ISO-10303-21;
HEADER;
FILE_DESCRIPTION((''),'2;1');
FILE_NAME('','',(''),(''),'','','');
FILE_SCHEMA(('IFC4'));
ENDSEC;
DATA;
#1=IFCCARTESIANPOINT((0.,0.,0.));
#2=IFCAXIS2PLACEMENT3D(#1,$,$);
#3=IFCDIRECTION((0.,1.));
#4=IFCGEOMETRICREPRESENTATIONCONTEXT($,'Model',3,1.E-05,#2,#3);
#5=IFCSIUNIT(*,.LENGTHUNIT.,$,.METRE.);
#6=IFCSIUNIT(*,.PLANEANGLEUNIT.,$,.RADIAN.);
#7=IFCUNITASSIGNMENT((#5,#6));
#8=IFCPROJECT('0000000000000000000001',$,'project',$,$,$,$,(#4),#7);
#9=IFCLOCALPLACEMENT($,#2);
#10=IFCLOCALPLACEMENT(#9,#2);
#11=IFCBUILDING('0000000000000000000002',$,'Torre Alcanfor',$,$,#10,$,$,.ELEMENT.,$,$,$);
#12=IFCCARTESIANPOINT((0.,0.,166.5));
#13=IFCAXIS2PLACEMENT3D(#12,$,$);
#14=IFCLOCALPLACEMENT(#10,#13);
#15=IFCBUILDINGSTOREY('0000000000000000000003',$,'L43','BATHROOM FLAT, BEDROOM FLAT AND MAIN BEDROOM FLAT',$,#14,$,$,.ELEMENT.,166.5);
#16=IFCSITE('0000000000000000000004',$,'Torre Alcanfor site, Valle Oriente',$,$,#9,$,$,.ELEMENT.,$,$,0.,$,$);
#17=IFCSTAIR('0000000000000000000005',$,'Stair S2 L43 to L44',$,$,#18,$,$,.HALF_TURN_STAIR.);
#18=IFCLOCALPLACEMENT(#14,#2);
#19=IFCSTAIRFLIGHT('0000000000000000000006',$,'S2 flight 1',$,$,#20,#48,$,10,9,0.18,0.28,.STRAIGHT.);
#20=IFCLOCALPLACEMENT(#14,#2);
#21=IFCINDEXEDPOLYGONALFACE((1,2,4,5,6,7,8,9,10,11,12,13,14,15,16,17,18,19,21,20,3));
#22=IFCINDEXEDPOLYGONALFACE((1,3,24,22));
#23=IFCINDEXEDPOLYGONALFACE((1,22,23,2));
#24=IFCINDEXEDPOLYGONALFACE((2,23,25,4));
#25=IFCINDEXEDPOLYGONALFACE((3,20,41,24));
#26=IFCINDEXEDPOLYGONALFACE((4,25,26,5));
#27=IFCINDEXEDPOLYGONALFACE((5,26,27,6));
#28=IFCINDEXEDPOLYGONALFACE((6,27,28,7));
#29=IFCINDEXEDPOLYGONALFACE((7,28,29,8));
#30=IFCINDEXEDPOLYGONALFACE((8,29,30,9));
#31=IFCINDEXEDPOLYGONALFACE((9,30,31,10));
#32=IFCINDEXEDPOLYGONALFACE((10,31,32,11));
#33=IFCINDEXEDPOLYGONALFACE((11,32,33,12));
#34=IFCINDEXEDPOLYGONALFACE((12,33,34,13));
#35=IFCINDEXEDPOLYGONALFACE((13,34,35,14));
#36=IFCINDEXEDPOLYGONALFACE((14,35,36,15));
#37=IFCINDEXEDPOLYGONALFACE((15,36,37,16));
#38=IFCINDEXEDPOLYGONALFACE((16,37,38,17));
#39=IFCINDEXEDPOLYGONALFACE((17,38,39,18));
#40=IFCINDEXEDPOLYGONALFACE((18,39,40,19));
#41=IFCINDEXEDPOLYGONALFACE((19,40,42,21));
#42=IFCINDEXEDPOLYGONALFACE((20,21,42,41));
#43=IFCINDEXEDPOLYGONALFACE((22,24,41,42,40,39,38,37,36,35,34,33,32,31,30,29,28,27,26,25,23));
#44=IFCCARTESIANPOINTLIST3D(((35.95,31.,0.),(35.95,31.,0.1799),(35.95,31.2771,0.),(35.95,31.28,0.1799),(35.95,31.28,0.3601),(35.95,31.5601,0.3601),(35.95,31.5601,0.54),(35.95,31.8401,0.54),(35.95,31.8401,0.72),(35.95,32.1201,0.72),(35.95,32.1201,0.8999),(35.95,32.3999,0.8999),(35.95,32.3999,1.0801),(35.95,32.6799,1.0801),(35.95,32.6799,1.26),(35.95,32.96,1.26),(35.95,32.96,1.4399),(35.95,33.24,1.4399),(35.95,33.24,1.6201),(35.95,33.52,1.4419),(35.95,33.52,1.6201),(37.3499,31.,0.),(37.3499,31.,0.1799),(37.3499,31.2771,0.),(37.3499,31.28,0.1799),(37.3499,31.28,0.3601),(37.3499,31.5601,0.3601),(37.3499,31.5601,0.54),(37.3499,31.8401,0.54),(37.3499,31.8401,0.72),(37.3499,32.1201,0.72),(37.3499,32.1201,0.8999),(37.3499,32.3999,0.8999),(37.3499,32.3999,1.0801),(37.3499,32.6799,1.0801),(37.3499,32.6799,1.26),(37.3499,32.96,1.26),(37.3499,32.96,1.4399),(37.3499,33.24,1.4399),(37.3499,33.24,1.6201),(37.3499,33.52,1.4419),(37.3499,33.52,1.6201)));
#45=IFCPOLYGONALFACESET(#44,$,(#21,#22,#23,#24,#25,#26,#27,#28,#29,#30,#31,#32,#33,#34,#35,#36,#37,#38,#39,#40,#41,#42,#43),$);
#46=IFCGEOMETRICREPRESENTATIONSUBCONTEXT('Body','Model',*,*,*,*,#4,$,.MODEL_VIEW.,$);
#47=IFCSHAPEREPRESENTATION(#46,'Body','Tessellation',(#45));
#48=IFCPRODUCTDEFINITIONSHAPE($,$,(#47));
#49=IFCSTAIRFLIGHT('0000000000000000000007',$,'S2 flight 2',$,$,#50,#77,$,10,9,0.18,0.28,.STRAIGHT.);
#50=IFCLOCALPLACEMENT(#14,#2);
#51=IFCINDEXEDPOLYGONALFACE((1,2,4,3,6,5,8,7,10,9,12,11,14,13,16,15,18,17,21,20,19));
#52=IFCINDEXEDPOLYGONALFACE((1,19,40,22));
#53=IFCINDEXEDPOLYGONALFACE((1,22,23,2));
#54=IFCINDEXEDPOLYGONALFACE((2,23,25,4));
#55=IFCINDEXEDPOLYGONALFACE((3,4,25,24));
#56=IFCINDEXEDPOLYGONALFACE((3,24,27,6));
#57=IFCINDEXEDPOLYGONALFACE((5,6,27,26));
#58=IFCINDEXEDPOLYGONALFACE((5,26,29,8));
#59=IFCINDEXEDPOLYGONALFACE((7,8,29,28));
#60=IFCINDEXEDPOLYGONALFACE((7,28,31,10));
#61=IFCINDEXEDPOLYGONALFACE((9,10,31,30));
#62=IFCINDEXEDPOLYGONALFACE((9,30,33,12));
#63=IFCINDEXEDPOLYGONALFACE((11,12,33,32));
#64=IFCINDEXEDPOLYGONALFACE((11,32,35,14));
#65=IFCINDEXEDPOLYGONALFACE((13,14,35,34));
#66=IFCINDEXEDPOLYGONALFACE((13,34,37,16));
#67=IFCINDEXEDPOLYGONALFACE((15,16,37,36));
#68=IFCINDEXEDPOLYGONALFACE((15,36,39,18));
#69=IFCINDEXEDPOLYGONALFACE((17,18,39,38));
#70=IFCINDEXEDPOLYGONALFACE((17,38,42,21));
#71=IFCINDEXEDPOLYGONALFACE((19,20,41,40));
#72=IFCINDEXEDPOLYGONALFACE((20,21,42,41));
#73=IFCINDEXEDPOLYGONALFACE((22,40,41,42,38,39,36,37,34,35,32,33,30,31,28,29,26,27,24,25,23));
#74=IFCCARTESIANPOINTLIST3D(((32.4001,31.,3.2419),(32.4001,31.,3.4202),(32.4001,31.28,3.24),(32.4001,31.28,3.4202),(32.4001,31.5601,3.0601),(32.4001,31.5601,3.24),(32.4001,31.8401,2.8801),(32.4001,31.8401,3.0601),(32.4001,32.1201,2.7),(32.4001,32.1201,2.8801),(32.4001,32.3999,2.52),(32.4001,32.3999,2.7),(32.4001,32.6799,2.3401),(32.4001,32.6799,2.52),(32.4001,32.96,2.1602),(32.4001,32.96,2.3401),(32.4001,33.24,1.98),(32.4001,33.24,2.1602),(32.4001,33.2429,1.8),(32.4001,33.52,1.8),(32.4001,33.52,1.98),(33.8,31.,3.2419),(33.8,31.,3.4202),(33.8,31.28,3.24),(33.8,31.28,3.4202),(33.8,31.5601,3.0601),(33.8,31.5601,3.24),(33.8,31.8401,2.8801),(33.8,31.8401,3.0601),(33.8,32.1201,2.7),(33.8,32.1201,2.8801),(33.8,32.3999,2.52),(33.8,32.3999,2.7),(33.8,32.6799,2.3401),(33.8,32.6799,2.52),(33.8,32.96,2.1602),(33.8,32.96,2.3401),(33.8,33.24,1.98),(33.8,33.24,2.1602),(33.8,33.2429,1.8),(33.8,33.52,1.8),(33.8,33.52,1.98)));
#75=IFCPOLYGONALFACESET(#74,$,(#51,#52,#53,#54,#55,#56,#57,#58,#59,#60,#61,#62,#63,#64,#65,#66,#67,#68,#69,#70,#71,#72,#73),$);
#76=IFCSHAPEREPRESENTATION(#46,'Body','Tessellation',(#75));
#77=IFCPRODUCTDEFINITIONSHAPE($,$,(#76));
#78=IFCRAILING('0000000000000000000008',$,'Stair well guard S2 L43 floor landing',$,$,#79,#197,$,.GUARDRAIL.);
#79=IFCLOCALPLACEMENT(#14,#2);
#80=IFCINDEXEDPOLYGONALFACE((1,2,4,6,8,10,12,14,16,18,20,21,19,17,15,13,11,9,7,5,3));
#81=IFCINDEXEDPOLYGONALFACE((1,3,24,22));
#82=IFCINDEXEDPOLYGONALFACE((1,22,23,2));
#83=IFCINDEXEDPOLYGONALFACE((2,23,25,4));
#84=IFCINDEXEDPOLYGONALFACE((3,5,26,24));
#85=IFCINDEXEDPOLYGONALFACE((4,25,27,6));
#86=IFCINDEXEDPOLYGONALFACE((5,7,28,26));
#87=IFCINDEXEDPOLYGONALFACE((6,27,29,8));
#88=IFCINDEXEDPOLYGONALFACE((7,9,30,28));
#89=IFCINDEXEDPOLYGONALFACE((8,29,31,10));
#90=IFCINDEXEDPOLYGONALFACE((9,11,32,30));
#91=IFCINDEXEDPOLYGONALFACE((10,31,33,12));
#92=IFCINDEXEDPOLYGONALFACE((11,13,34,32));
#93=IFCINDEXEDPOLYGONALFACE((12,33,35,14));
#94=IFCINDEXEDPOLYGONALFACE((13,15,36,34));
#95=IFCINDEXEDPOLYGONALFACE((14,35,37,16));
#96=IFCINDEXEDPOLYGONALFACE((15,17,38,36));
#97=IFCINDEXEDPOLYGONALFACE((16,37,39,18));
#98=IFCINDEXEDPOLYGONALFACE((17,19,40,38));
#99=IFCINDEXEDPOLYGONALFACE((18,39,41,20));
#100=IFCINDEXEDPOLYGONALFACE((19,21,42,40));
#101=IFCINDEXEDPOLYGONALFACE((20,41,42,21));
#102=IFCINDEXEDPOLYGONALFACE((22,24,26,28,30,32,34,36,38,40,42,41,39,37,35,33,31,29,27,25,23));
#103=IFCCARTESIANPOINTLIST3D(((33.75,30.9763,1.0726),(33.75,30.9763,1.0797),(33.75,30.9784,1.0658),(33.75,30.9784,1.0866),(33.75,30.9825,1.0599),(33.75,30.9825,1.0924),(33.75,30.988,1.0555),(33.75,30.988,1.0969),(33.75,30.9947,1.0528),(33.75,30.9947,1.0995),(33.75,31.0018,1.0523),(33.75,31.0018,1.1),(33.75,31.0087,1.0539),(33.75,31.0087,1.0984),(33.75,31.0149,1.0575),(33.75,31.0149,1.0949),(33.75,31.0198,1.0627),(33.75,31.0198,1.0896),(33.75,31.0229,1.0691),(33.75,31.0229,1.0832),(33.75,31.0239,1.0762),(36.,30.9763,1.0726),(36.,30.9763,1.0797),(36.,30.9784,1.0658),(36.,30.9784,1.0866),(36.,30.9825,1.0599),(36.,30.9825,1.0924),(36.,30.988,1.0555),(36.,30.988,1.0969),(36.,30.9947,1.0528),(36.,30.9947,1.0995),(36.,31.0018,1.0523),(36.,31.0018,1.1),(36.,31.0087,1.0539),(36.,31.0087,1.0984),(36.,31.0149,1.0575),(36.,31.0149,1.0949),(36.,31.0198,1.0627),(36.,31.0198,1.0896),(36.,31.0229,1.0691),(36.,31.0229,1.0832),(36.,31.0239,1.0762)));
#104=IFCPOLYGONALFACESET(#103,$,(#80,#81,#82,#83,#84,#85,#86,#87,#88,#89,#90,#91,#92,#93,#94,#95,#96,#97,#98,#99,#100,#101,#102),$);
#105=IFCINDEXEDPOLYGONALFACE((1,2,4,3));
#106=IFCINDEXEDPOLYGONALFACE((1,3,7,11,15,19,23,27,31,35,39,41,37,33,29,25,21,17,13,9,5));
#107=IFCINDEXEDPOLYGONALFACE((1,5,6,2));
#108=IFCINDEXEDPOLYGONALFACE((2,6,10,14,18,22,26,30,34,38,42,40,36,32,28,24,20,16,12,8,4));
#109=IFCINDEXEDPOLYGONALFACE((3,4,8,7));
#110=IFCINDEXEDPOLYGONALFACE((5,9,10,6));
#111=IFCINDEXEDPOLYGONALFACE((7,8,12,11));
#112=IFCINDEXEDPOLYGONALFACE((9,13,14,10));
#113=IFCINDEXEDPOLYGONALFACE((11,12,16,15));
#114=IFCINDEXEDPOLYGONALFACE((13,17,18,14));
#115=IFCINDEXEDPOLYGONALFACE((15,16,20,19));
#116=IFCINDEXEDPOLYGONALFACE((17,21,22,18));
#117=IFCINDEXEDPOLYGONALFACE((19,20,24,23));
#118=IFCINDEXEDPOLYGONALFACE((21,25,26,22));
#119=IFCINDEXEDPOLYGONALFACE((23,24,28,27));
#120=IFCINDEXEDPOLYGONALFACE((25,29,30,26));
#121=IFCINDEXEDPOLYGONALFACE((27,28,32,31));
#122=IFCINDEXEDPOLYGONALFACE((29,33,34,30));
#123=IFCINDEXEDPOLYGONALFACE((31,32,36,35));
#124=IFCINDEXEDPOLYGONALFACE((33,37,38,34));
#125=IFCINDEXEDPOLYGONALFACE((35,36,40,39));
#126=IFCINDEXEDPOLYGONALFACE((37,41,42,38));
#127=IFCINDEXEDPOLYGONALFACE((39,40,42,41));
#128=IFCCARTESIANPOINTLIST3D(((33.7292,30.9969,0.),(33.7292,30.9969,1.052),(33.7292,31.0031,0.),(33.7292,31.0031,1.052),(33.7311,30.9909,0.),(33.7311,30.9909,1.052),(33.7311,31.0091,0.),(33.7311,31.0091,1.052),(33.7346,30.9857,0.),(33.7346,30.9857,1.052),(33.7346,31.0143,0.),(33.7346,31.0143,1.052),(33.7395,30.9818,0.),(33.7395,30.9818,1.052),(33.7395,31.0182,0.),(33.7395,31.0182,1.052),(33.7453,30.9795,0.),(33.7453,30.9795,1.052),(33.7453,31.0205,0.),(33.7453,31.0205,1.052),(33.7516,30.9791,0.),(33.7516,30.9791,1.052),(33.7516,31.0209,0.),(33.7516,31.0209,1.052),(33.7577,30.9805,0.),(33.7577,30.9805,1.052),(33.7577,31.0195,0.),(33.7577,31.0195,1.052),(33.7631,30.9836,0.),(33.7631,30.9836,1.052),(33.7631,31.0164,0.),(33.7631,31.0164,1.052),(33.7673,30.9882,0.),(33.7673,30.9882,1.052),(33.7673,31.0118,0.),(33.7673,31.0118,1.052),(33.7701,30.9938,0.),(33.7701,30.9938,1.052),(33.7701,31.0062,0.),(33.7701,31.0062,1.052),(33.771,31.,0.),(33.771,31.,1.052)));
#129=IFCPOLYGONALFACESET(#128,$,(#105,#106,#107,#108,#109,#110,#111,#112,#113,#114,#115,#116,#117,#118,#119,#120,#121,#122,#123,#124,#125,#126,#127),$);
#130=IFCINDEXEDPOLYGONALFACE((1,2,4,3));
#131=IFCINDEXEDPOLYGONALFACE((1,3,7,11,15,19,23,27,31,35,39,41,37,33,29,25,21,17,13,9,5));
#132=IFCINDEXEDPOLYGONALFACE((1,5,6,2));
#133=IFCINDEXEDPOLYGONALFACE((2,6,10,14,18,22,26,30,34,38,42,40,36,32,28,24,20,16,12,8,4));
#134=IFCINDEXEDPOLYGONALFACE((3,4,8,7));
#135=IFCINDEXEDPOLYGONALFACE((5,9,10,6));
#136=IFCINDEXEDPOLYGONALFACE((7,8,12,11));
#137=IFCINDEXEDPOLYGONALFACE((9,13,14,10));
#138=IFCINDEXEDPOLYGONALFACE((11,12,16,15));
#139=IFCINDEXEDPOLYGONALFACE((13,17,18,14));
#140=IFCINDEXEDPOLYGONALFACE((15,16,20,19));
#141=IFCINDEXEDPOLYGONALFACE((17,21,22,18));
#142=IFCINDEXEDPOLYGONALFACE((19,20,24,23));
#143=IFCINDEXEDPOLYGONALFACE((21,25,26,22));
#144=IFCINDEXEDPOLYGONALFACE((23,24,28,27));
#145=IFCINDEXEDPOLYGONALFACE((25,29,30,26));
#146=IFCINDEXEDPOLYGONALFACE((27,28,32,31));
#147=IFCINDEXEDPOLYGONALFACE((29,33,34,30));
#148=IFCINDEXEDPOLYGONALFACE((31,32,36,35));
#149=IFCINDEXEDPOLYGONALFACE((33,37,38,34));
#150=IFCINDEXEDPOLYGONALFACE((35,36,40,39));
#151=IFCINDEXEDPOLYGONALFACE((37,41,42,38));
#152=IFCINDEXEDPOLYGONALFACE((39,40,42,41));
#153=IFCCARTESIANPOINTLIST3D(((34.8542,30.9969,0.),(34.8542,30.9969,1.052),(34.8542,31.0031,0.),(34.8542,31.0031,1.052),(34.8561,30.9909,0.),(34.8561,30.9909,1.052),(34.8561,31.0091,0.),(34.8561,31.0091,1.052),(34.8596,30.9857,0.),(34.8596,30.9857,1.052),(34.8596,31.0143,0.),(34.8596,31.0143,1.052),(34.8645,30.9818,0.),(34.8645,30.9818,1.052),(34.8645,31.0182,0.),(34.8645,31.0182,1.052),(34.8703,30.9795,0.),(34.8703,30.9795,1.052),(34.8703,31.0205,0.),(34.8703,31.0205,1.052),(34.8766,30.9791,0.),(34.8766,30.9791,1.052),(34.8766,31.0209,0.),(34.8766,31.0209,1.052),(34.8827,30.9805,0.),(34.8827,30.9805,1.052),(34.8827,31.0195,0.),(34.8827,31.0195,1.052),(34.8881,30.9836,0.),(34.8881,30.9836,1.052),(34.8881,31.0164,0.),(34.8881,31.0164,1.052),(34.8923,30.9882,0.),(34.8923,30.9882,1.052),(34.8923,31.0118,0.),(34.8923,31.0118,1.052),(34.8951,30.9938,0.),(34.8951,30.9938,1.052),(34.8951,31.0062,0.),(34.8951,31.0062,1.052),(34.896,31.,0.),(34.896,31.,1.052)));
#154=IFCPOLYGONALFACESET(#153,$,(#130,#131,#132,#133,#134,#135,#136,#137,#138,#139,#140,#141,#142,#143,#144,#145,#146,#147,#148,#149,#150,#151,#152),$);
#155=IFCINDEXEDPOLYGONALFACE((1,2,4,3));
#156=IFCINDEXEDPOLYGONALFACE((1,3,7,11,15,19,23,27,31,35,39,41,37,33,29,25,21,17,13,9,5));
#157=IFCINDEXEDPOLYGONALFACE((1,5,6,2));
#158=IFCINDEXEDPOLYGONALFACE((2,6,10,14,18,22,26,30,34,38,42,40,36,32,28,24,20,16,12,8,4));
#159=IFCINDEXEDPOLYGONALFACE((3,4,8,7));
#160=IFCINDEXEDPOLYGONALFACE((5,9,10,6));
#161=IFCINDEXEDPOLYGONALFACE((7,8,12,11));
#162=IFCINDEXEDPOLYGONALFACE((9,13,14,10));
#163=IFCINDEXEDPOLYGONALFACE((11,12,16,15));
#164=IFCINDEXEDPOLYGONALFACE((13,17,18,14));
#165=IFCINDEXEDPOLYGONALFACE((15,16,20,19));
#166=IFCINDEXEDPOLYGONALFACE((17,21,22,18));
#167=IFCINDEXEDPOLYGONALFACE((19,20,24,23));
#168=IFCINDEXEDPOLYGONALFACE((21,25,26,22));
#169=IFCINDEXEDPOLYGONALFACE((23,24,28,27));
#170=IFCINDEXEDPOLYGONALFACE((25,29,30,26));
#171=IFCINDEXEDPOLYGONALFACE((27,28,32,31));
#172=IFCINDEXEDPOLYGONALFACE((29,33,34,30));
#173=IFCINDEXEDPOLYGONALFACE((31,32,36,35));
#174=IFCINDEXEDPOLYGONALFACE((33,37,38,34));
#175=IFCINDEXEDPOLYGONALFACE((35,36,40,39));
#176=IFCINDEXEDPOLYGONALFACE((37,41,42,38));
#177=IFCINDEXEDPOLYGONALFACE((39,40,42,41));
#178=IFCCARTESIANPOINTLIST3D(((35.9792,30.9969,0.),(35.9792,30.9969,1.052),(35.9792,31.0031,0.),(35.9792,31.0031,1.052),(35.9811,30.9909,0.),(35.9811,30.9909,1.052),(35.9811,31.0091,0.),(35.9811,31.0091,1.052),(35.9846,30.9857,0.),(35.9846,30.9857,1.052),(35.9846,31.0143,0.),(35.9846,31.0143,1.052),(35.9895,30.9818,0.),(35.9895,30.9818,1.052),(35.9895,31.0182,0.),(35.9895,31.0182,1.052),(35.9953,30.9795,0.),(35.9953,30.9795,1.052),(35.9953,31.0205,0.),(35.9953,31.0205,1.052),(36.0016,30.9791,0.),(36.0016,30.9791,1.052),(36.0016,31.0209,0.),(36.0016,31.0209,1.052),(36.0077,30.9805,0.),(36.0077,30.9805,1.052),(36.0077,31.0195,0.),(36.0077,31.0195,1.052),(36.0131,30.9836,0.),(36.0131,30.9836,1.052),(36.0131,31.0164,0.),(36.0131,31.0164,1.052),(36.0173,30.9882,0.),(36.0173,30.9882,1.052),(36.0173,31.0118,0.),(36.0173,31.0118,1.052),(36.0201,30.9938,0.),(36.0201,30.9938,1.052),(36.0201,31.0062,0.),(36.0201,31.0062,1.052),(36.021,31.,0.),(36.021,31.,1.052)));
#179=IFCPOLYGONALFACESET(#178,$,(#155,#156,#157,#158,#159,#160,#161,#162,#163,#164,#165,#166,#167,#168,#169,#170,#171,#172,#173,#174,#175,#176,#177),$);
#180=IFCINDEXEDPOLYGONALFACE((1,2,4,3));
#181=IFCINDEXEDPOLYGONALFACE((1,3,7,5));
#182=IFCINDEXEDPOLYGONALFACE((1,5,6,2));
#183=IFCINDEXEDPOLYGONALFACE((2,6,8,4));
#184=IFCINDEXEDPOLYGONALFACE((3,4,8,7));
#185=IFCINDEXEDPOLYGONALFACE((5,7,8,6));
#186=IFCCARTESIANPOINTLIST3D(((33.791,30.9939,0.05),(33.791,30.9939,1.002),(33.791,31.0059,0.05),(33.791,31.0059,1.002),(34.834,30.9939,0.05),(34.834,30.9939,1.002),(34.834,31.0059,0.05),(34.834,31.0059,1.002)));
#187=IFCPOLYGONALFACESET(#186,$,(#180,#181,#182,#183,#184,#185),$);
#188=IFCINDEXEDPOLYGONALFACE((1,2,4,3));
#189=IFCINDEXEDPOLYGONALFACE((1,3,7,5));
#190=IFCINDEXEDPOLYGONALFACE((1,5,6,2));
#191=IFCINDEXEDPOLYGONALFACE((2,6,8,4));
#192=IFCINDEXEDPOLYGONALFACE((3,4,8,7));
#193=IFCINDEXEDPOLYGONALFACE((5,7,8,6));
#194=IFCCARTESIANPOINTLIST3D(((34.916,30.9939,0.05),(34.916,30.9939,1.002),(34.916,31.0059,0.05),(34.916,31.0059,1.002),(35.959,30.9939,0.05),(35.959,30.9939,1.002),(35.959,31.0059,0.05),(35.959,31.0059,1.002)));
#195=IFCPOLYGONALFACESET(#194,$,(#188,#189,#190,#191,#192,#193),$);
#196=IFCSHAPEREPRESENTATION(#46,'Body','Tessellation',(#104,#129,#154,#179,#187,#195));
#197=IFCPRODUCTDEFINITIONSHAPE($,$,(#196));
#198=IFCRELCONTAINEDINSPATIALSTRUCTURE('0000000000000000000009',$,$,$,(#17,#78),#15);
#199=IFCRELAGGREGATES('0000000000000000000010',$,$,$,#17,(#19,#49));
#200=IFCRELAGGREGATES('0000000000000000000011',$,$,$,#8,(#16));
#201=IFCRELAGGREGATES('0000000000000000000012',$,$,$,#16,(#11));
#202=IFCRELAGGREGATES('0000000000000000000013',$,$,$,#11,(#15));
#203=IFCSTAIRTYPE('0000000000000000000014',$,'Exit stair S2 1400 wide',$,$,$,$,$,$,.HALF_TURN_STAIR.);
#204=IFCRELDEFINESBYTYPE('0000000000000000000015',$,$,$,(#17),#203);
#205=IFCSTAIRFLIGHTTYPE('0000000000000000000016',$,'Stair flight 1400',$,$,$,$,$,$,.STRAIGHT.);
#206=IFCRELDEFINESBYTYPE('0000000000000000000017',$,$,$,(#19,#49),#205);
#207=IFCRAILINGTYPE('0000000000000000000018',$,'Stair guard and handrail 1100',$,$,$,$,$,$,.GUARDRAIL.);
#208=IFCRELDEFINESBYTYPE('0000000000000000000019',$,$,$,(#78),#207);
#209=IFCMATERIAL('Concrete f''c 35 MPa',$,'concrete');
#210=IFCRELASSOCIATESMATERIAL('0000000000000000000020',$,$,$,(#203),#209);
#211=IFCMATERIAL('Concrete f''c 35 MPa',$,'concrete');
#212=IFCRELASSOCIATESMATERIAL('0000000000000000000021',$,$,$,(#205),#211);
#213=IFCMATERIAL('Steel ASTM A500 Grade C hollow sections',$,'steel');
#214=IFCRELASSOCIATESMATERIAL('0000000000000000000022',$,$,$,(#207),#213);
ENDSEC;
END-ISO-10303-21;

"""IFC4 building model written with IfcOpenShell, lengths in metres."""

from ifc_helpers import new_model, si_unit, direction, frame, origin, origin_2d, place, context, subcontext, project, spatial, polyline, circle, outline, extrude, material, type_object, element, aggregate, save


model = new_model("IFC4")

# Units and contexts
model_context = context("Model", 3, precision=1e-05, world=origin(), true_north=direction((0.0, 1.0)))
body_context = subcontext(model_context, "Body", "Model", "MODEL_VIEW")
ifc_project = project(units=[si_unit("LENGTHUNIT", "METRE"), si_unit("PLANEANGLEUNIT", "RADIAN")], contexts=[model_context])

# Site, building, storey
site_placement = place(None, origin())
site = spatial("IfcSite", under=ifc_project, at=site_placement, Name="Torre Alcanfor site, Valle Oriente", CompositionType="ELEMENT", RefElevation=0.0)
building_placement = place(site_placement, origin())
building = spatial("IfcBuilding", under=site, at=building_placement, Name="Torre Alcanfor", CompositionType="ELEMENT")
storey_placement = place(building_placement, frame((0.0, 0.0, 166.5)))
storey = spatial("IfcBuildingStorey", under=building, at=storey_placement, Name="L43", Description="BATHROOM FLAT, BEDROOM FLAT AND MAIN BEDROOM FLAT", CompositionType="ELEMENT", Elevation=166.5)

# Stair, stair flights
ifc_material_1 = material(Name="Concrete f'c 35 MPa", Category="concrete")
stair_type = type_object("IfcStairType", Name="Exit stair S2 1400 wide", PredefinedType="HALF_TURN_STAIR", material=ifc_material_1)
stair_placement = place(storey_placement, origin())
stair = element("IfcStair", 1, at=stair_placement, inside=storey, type_object=stair_type, Name="Stair S2 L43 to L44", PredefinedType="HALF_TURN_STAIR")
ifc_material_2 = material(Name="Concrete f'c 35 MPa", Category="concrete")
stair_flight_type = type_object("IfcStairFlightType", Name="Stair flight 1400", PredefinedType="STRAIGHT", material=ifc_material_2)
stair_flight_1_placement = place(storey_placement, frame((36.6499, 31.0, 0.0), z_axis=(0.0, 0.0, 1.0), x_axis=(0.0, 1.0, 0.0)))
stair_flight_1 = element("IfcStairFlight", 2, at=stair_flight_1_placement, type_object=stair_flight_type, Name="S2 flight 1", NumberOfRisers=10, NumberOfTreads=9, PredefinedType="STRAIGHT", RiserHeight=0.18, TreadLength=0.28, context=body_context, shape_type="SweptSolid", body=[
    extrude(outline(polyline([(0.0, 0.0), (0.0, 0.1799), (0.28, 0.1799), (0.28, 0.3601), (0.5601, 0.3601), (0.5601, 0.54), (0.8401, 0.54), (0.8401, 0.72), (1.1201, 0.72), (1.1201, 0.8999), (1.3999, 0.8999), (1.3999, 1.0801), (1.6799, 1.0801), (1.6799, 1.26), (1.96, 1.26), (1.96, 1.4399), (2.24, 1.4399), (2.24, 1.6201), (2.52, 1.6201), (2.52, 1.8), (2.52, 1.4419), (0.2771, 0.0), (0.0, 0.0)])), frame((0.0, 0.7, 0.0), z_axis=(0.0, -1.0, 0.0), x_axis=(1.0, 0.0, 0.0)), (0.0, 0.0, 1.0), 1.3999),
])
stair_flight_2_placement = place(storey_placement, frame((33.1001, 33.52, 1.8), z_axis=(0.0, 0.0, 1.0), x_axis=(0.0, -1.0, 0.0)))
stair_flight_2 = element("IfcStairFlight", 3, at=stair_flight_2_placement, type_object=stair_flight_type, Name="S2 flight 2", NumberOfRisers=10, NumberOfTreads=9, PredefinedType="STRAIGHT", RiserHeight=0.18, TreadLength=0.28, context=body_context, shape_type="SweptSolid", body=[
    extrude(outline(polyline([(0.0, 0.0), (0.0, 0.1799), (0.28, 0.1799), (0.28, 0.3601), (0.5601, 0.3601), (0.5601, 0.54), (0.8401, 0.54), (0.8401, 0.72), (1.1201, 0.72), (1.1201, 0.8999), (1.3999, 0.8999), (1.3999, 1.0801), (1.6799, 1.0801), (1.6799, 1.26), (1.96, 1.26), (1.96, 1.4399), (2.24, 1.4399), (2.24, 1.6201), (2.52, 1.6201), (2.52, 1.8), (2.52, 1.4419), (0.2771, 0.0), (0.0, 0.0)])), frame((0.0, 0.7, 0.0), z_axis=(0.0, -1.0, 0.0), x_axis=(1.0, 0.0, 0.0)), (0.0, 0.0, 1.0), 1.3999),
])
aggregate(stair, [stair_flight_1, stair_flight_2])

# Railing
ifc_material_3 = material(Name="Steel ASTM A500 Grade C hollow sections", Category="steel")
railing_type_1 = type_object("IfcRailingType", Name="Stair guard and handrail 1100", PredefinedType="GUARDRAIL", material=ifc_material_3)
for number, where, name in (
    (4, (33.75, 31.0, 0.0), "Stair well guard S2 L43 floor landing"),
):
    element("IfcRailing", number, at=place(storey_placement, frame(where)), inside=storey, type_object=railing_type_1, Name=name, PredefinedType="GUARDRAIL", context=body_context, shape_type="SweptSolid", body=[
        extrude(circle(Radius=0.0239, at=origin_2d()), frame((0.0, 0.0, 1.0762), z_axis=(1.0, 0.0, 0.0), x_axis=(0.0, 1.0, 0.0)), (0.0, 0.0, 1.0), 2.25),
        extrude(circle(Radius=0.021, at=origin_2d()), origin(), (0.0, 0.0, 1.0), 1.052),
        extrude(circle(Radius=0.021, at=origin_2d()), frame((1.125, 0.0, 0.0)), (0.0, 0.0, 1.0), 1.052),
        extrude(circle(Radius=0.021, at=origin_2d()), frame((2.25, 0.0, 0.0)), (0.0, 0.0, 1.0), 1.052),
        extrude(outline(polyline([(0.041, 0.05), (1.084, 0.05), (1.084, 1.002), (0.041, 1.002), (0.041, 0.05)])), frame((0.0, 0.0059, 0.0), z_axis=(0.0, -1.0, 0.0), x_axis=(1.0, 0.0, 0.0)), (0.0, 0.0, 1.0), 0.012),
        extrude(outline(polyline([(1.166, 0.05), (2.209, 0.05), (2.209, 1.002), (1.166, 1.002), (1.166, 0.05)])), frame((0.0, 0.0059, 0.0), z_axis=(0.0, -1.0, 0.0), x_axis=(1.0, 0.0, 0.0)), (0.0, 0.0, 1.0), 0.012),
    ])

save(model, "model.ifc")
